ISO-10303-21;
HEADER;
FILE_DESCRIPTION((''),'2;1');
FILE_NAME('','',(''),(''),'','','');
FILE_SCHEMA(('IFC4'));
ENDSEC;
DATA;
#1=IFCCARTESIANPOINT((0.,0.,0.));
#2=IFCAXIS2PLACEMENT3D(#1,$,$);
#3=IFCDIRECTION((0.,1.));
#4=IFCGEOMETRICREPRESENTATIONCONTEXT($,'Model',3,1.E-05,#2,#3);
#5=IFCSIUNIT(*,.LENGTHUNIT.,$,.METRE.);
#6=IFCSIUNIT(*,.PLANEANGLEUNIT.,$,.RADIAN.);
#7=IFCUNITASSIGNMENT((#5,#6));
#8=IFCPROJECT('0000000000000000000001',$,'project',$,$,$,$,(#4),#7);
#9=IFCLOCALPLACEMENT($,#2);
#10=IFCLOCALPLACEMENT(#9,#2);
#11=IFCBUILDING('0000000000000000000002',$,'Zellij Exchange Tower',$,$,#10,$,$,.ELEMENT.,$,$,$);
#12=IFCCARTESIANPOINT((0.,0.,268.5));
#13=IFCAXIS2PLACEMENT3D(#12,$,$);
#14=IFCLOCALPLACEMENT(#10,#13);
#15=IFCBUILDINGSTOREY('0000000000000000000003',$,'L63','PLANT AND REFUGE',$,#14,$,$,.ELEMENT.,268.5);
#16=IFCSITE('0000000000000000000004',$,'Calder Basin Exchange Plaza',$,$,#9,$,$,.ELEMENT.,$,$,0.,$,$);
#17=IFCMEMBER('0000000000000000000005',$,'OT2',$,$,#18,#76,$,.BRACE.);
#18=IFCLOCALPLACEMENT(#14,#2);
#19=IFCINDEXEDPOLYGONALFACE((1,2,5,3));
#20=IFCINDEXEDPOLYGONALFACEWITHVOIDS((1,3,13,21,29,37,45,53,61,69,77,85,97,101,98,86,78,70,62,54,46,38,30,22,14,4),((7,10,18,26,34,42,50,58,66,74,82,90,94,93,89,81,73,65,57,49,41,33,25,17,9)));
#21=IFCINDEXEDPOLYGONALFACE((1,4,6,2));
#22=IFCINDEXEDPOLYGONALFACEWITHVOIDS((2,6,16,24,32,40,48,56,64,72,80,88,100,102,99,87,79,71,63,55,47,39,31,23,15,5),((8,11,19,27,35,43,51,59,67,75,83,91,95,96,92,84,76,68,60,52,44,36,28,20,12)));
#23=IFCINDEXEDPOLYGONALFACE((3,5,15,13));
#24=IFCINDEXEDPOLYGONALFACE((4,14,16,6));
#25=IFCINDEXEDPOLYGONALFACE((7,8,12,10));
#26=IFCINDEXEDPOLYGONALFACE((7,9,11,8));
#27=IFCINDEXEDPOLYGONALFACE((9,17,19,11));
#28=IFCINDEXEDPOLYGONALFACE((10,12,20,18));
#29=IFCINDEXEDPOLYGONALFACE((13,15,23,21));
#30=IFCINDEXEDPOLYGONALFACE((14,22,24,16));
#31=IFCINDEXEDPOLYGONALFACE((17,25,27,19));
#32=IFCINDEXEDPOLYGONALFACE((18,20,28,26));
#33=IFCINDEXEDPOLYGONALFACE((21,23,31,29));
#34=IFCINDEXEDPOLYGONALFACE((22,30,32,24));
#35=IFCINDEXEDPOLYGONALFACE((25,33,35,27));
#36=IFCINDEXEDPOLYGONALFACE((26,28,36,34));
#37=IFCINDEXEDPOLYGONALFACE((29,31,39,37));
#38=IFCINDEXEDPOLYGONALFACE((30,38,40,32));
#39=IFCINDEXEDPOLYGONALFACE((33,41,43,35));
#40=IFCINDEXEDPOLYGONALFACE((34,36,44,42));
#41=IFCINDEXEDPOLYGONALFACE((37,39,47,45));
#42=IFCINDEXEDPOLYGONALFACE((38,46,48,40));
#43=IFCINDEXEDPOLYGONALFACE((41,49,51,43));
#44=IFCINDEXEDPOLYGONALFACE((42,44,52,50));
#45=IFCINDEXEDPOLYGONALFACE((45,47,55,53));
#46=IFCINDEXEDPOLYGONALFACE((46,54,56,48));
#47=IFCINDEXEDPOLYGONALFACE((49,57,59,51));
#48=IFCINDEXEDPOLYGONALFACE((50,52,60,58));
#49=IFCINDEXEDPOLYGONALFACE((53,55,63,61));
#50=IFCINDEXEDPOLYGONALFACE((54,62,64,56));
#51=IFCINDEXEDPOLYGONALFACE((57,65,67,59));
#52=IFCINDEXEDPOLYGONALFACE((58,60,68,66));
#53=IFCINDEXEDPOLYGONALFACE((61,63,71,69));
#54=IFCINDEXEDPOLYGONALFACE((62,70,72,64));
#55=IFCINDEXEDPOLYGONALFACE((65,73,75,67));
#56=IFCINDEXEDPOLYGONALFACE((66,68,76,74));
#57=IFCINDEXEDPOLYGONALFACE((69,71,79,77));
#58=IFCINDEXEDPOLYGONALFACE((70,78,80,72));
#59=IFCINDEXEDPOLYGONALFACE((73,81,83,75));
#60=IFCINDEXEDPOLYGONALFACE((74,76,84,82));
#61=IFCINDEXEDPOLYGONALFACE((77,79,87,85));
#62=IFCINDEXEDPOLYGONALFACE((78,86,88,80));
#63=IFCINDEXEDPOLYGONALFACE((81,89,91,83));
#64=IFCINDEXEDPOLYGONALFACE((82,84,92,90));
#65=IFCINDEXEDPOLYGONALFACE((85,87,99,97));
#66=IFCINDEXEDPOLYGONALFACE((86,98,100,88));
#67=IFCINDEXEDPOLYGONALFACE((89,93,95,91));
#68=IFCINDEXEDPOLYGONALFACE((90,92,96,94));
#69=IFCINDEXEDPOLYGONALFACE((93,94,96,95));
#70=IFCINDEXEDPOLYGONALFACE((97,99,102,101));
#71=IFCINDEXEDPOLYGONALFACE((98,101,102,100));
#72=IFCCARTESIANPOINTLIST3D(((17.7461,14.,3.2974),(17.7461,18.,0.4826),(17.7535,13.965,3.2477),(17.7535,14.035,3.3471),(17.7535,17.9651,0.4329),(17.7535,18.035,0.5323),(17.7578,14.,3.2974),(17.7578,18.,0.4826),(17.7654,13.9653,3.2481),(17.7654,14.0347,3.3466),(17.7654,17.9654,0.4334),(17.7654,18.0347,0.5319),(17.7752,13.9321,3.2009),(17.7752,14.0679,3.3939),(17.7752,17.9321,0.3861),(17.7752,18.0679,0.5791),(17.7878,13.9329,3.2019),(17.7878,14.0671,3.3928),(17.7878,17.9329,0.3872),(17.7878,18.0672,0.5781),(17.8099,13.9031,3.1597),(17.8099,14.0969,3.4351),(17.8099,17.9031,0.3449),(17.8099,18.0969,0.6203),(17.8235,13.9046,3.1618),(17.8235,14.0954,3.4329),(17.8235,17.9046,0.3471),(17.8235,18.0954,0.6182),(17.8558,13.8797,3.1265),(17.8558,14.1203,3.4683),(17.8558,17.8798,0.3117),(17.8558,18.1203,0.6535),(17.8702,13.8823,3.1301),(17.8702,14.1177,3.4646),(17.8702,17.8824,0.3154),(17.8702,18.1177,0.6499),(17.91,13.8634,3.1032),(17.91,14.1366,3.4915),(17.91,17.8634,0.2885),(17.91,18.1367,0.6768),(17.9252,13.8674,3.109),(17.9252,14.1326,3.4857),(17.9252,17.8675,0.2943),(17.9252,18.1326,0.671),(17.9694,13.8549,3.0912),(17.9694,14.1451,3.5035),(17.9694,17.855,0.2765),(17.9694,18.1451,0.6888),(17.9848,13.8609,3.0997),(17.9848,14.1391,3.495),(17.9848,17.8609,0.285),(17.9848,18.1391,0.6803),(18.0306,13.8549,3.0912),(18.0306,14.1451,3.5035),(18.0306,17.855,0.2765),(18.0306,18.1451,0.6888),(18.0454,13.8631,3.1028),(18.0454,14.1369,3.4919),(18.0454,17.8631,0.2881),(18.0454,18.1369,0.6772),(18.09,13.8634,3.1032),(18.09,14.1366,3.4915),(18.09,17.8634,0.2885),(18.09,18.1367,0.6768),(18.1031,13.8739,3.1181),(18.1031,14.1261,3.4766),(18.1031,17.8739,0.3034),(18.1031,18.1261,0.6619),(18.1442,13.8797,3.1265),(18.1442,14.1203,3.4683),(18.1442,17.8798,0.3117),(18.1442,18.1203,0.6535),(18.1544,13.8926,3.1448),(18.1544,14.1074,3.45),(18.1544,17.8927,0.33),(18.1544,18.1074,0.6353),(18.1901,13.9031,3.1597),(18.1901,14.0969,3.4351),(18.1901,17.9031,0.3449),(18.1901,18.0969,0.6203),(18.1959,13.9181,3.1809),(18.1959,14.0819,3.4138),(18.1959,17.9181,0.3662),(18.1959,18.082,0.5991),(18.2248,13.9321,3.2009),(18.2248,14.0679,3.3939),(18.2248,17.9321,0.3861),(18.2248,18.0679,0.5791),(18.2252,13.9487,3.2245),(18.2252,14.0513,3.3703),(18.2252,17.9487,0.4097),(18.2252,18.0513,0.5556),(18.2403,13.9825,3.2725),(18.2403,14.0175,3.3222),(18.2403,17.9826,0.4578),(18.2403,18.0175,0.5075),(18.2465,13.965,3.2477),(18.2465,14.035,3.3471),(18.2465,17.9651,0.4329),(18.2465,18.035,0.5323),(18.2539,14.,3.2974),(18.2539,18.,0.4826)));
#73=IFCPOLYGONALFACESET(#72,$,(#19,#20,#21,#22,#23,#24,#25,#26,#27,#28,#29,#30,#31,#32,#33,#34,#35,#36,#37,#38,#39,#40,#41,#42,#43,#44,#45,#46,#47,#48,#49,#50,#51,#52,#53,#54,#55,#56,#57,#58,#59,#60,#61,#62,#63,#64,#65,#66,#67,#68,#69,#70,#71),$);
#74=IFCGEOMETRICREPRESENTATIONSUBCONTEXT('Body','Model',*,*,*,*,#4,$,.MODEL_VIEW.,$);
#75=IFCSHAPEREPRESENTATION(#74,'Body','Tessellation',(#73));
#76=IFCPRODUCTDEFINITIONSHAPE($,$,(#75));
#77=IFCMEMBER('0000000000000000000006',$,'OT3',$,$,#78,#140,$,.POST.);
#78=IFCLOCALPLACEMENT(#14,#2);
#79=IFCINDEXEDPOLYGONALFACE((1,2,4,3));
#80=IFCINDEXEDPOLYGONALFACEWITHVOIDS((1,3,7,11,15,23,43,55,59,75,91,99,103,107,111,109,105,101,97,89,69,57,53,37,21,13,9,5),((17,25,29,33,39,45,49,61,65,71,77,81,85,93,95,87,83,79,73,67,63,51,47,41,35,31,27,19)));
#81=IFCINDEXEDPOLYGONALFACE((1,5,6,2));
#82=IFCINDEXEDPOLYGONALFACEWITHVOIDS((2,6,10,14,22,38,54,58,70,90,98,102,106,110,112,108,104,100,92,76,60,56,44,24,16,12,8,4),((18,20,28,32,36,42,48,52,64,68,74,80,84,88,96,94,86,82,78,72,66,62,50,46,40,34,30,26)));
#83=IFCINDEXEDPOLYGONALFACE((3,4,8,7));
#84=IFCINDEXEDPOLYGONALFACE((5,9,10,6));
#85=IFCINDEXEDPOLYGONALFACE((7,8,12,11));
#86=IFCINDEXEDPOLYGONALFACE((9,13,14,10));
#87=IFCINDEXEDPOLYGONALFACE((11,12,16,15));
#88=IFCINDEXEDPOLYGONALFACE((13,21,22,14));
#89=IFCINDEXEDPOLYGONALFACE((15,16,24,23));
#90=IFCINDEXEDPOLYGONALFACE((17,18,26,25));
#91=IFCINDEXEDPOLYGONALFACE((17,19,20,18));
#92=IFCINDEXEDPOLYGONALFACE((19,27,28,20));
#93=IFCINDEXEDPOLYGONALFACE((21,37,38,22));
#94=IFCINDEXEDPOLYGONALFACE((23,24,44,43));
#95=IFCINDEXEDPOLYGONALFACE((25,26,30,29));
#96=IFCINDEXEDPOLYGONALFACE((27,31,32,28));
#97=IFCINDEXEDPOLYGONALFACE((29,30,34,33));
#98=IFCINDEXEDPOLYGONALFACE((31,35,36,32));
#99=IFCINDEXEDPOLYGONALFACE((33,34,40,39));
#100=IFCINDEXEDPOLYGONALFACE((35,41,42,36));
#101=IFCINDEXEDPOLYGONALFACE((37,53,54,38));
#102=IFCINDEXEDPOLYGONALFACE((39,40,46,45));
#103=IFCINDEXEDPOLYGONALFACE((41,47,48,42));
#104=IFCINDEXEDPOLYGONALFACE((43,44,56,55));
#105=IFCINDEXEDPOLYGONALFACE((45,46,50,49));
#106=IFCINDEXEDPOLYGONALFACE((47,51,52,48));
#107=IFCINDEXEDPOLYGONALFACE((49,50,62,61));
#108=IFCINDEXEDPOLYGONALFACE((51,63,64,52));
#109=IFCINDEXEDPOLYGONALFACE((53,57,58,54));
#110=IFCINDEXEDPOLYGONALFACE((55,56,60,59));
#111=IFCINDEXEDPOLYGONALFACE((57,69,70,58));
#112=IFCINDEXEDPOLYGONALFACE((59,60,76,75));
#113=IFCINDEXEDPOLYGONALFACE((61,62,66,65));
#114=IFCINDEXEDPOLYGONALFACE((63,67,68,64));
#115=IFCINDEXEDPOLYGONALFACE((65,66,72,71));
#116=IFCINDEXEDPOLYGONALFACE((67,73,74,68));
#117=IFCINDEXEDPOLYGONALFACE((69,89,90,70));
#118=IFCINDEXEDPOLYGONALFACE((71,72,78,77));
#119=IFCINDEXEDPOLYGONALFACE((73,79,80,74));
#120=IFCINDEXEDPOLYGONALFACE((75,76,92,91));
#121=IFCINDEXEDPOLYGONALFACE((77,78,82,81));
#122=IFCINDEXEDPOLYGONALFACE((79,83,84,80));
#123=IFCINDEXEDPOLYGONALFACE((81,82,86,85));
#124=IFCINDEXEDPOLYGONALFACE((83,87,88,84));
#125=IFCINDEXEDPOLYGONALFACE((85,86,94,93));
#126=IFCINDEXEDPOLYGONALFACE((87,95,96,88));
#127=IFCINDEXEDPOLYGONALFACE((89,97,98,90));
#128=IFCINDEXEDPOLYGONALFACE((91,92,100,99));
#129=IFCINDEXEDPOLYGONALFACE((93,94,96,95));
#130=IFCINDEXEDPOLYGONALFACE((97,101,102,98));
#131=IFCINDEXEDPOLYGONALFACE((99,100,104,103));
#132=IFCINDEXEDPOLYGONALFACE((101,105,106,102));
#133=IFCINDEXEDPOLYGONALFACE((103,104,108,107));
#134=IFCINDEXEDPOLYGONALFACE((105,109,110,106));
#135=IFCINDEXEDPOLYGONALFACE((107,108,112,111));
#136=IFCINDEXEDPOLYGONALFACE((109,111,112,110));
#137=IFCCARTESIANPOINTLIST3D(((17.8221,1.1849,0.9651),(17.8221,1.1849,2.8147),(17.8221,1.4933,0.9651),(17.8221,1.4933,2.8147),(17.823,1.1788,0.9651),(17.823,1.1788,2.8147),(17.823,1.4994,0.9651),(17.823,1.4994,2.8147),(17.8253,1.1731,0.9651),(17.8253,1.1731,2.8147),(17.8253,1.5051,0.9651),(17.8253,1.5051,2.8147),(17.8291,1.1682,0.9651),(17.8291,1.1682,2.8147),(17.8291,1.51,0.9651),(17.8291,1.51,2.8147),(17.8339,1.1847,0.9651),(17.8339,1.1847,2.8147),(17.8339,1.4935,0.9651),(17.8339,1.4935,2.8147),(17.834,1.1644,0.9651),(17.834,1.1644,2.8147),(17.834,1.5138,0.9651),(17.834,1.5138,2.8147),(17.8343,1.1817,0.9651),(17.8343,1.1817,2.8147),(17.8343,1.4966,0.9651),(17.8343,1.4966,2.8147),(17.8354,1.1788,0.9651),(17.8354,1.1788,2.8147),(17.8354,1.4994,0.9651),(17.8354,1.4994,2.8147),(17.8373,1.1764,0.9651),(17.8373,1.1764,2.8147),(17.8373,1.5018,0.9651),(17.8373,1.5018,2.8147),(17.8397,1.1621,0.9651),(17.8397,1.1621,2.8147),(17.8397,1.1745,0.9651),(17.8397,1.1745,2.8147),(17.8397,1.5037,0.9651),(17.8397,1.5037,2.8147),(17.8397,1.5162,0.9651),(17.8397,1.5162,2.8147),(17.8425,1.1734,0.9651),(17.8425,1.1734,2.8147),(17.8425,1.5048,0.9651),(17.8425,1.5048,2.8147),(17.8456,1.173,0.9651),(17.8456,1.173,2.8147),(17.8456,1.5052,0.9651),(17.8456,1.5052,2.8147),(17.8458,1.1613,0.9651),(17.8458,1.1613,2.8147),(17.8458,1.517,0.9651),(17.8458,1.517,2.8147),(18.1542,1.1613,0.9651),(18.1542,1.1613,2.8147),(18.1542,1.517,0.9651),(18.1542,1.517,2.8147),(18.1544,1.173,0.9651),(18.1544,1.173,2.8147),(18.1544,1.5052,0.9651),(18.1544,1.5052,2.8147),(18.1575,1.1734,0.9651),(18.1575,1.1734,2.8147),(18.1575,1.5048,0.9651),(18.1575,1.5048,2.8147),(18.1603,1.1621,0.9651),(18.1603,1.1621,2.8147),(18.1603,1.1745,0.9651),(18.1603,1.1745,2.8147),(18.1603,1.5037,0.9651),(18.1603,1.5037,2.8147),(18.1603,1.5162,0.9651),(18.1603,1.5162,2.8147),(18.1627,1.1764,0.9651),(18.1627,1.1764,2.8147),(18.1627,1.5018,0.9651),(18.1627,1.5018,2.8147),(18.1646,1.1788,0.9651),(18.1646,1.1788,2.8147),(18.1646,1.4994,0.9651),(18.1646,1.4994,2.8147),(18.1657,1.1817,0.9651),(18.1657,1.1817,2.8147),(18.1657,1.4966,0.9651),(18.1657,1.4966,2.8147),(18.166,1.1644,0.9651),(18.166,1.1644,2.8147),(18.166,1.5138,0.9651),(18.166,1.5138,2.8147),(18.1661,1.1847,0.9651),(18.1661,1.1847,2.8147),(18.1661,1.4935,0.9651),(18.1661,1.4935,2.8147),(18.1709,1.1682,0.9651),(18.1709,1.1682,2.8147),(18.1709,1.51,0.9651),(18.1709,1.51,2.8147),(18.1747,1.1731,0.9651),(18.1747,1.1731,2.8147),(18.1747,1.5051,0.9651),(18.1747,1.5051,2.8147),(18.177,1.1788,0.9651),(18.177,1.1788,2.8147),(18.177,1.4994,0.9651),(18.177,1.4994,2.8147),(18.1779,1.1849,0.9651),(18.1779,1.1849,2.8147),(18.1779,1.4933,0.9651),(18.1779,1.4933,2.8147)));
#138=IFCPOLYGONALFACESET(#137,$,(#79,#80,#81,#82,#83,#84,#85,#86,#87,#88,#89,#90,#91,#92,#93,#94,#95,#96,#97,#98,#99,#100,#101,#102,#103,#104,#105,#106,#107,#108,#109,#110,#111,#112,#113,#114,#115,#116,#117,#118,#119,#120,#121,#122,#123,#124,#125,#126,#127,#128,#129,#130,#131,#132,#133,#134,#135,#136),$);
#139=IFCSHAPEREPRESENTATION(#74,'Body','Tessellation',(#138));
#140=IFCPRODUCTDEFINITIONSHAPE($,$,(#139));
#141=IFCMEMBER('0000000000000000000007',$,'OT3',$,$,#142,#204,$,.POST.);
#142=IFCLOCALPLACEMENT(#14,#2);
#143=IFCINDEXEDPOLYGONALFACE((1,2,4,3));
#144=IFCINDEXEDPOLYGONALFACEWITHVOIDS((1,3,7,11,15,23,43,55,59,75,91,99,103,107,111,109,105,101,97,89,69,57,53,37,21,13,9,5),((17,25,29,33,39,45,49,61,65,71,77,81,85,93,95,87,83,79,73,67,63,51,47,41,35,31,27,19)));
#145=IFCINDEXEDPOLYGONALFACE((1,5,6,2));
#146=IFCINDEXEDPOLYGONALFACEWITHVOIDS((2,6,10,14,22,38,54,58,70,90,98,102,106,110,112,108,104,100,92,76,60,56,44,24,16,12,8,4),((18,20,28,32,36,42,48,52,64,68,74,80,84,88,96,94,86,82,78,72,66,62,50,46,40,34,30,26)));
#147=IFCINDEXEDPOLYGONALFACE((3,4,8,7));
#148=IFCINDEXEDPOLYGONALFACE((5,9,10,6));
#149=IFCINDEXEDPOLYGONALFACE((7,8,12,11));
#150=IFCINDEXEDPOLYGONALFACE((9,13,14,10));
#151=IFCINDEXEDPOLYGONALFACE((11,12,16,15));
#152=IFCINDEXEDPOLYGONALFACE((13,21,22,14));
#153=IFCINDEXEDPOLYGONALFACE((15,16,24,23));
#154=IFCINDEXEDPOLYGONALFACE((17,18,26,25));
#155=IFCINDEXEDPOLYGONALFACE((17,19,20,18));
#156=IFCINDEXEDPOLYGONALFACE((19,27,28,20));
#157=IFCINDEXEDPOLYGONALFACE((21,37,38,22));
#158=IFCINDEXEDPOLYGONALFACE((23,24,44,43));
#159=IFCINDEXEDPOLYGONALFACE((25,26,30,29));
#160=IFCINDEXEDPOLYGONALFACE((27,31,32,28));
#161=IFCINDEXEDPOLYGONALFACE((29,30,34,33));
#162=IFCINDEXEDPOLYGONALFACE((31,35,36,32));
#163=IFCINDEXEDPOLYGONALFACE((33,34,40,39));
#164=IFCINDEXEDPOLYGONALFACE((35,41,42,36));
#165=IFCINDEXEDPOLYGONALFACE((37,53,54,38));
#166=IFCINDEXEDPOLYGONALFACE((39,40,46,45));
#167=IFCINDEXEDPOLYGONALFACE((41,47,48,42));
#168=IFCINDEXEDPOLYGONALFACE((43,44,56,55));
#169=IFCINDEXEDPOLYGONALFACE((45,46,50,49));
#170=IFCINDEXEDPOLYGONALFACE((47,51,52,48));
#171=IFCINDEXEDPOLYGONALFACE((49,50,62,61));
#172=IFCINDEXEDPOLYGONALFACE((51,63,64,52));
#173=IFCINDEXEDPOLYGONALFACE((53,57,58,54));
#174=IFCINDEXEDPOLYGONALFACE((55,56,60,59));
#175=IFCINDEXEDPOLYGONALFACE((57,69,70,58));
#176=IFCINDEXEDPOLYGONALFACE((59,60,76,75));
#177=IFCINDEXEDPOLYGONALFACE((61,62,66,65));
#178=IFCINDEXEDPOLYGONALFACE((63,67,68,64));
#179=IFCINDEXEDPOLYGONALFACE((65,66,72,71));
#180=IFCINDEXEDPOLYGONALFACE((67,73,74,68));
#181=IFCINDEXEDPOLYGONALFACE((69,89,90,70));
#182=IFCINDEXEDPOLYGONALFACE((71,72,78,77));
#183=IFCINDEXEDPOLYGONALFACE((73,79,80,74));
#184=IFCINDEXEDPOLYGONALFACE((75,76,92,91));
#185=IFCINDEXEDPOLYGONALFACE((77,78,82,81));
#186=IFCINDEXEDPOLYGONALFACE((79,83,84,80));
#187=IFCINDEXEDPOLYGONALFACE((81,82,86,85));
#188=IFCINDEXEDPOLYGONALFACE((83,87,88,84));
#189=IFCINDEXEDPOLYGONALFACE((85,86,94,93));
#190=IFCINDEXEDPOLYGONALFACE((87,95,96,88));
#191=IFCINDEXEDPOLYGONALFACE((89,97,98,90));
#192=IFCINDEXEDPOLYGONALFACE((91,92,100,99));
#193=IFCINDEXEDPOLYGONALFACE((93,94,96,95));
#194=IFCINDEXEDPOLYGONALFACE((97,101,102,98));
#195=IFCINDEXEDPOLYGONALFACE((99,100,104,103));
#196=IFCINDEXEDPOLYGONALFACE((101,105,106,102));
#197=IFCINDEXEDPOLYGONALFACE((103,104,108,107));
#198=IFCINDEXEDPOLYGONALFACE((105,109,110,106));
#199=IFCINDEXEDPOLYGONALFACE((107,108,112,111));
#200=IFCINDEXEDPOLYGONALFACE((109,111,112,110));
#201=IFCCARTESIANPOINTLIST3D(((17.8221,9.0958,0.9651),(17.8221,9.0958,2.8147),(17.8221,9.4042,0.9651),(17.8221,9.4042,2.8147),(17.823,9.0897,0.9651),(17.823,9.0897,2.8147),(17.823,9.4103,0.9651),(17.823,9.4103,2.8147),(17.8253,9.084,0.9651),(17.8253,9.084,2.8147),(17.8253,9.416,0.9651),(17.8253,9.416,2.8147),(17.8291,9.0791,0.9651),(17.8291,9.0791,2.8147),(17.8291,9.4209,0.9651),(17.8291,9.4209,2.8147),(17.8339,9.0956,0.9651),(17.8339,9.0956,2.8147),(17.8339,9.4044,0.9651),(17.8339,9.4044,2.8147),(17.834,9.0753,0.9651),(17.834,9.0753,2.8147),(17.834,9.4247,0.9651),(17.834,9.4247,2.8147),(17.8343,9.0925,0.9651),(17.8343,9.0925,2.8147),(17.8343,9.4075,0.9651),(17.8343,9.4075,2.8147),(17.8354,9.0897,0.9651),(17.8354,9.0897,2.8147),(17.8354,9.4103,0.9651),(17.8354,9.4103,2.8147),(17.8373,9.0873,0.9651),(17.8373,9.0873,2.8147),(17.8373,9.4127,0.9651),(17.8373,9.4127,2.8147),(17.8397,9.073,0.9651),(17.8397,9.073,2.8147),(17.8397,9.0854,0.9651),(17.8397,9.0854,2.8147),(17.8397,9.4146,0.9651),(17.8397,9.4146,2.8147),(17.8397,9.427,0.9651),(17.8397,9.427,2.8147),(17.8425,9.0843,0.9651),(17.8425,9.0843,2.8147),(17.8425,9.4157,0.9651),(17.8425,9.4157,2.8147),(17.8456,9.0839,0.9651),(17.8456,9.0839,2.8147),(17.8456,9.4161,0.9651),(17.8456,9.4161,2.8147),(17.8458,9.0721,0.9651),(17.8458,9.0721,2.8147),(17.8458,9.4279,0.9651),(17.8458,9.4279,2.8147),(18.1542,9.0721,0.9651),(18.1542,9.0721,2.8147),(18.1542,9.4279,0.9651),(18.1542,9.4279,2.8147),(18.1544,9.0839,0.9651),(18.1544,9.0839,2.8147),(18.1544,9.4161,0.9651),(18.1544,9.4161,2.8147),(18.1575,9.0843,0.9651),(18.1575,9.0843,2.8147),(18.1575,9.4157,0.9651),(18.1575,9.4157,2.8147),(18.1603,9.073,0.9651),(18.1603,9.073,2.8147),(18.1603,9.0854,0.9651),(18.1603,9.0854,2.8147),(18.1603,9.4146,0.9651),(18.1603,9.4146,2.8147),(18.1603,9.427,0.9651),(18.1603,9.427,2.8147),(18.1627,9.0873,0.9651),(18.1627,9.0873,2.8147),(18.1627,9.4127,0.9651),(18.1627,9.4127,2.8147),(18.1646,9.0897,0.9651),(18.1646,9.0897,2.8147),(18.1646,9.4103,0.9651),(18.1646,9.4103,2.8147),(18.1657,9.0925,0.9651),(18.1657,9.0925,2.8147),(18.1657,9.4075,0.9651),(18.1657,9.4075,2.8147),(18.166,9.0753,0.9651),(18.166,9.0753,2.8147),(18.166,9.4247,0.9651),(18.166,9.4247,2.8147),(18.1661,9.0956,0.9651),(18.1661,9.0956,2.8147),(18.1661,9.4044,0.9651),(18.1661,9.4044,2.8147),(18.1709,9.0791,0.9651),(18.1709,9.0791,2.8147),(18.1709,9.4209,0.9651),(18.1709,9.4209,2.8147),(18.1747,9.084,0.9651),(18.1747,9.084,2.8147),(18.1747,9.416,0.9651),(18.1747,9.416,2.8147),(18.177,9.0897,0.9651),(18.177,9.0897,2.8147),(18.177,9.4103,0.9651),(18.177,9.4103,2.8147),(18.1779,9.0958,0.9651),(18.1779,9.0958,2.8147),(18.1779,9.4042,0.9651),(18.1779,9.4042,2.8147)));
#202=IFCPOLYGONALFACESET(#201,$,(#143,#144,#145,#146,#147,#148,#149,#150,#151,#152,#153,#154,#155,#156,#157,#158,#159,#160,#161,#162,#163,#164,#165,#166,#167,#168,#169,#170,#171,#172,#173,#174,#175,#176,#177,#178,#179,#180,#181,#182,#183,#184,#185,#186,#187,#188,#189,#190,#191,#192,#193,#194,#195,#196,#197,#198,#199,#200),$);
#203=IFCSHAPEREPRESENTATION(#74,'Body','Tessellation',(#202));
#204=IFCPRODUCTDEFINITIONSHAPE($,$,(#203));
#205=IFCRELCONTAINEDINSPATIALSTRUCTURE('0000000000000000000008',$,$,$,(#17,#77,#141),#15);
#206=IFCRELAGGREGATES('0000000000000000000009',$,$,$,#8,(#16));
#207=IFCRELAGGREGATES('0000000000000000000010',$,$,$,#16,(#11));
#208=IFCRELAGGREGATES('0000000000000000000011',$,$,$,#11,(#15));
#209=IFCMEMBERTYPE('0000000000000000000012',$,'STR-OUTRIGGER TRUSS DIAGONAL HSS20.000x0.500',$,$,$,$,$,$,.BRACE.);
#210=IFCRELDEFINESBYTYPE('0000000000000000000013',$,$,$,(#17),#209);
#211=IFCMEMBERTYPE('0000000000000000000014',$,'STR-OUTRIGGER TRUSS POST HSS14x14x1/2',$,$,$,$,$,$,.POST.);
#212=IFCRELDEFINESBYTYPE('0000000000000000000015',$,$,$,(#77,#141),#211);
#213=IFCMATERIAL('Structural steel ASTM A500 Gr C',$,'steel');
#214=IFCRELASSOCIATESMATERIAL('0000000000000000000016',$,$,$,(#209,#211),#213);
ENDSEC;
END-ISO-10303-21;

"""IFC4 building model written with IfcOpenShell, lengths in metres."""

from ifc_helpers import new_model, si_unit, direction, frame, origin, origin_2d, place, context, subcontext, project, spatial, hollow_rectangle, hollow_circle, extrude, material, material_profile, profile_set, type_object, element, save


model = new_model("IFC4")

# Units and contexts
model_context = context("Model", 3, precision=1e-05, world=origin(), true_north=direction((0.0, 1.0)))
body_context = subcontext(model_context, "Body", "Model", "MODEL_VIEW")
ifc_project = project(units=[si_unit("LENGTHUNIT", "METRE"), si_unit("PLANEANGLEUNIT", "RADIAN")], contexts=[model_context])

# Site, building, storey
site_placement = place(None, origin())
site = spatial("IfcSite", under=ifc_project, at=site_placement, Name="Calder Basin Exchange Plaza", CompositionType="ELEMENT", RefElevation=0.0)
building_placement = place(site_placement, origin())
building = spatial("IfcBuilding", under=site, at=building_placement, Name="Zellij Exchange Tower", CompositionType="ELEMENT")
storey_placement = place(building_placement, frame((0.0, 0.0, 268.5)))
storey = spatial("IfcBuildingStorey", under=building, at=storey_placement, Name="L63", Description="PLANT AND REFUGE", CompositionType="ELEMENT", Elevation=268.5)

# Members
ifc_material_1 = material(Name="Structural steel ASTM A500 Gr C", Category="steel")
ifc_material_profile_1 = material_profile(ifc_material_1, hollow_circle(Radius=0.2539, WallThickness=0.0117, at=origin_2d()), Name="STR-OUTRIGGER TRUSS DIAGONAL HSS20.000x0.500")
ifc_profile_set_1 = profile_set([ifc_material_profile_1], Name="Structural steel ASTM A500 Gr C")
member_type_1 = type_object("IfcMemberType", Name="STR-OUTRIGGER TRUSS DIAGONAL HSS20.000x0.500", PredefinedType="BRACE", material=ifc_profile_set_1)
member_1_placement = place(storey_placement, frame((18.0, 14.0, 3.2974), z_axis=(0.0, 0.817818, -0.575477), x_axis=(-1.0, 0.0, 0.0)))
element("IfcMember", 1, at=member_1_placement, inside=storey, type_object=member_type_1, Name="OT2", PredefinedType="BRACE", context=body_context, shape_type="SweptSolid", body=[
    extrude(hollow_circle(Radius=0.2539, WallThickness=0.0117, at=origin_2d()), origin(), (0.0, 0.0, 1.0), 4.8911),
])
ifc_material_profile_2 = material_profile(ifc_material_1, hollow_rectangle(XDim=0.3557, YDim=0.3557, WallThickness=0.0117, InnerFilletRadius=0.0117, OuterFilletRadius=0.0237, at=origin_2d()), Name="STR-OUTRIGGER TRUSS POST HSS14x14x1/2")
ifc_profile_set_2 = profile_set([ifc_material_profile_2], Name="Structural steel ASTM A500 Gr C")
member_type_2 = type_object("IfcMemberType", Name="STR-OUTRIGGER TRUSS POST HSS14x14x1/2", PredefinedType="POST", material=ifc_profile_set_2)
for number, where, z_axis, x_axis, name in (
    (2, (18.0, 1.3391, 0.9651), (0.0, 0.0, 1.0), (1.0, 0.0, 0.0), "OT3"),
    (3, (18.0, 9.25, 0.9651), (0.0, 0.0, 1.0), (1.0, 0.0, 0.0), "OT3"),
):
    element("IfcMember", number, at=place(storey_placement, frame(where, z_axis=z_axis, x_axis=x_axis)), inside=storey, type_object=member_type_2, Name=name, PredefinedType="POST", context=body_context, shape_type="SweptSolid", body=[
        extrude(hollow_rectangle(XDim=0.3557, YDim=0.3557, WallThickness=0.0117, InnerFilletRadius=0.0117, OuterFilletRadius=0.0237, at=origin_2d()), origin(), (0.0, 0.0, 1.0), 1.8496),
    ])

save(model, "model.ifc")
